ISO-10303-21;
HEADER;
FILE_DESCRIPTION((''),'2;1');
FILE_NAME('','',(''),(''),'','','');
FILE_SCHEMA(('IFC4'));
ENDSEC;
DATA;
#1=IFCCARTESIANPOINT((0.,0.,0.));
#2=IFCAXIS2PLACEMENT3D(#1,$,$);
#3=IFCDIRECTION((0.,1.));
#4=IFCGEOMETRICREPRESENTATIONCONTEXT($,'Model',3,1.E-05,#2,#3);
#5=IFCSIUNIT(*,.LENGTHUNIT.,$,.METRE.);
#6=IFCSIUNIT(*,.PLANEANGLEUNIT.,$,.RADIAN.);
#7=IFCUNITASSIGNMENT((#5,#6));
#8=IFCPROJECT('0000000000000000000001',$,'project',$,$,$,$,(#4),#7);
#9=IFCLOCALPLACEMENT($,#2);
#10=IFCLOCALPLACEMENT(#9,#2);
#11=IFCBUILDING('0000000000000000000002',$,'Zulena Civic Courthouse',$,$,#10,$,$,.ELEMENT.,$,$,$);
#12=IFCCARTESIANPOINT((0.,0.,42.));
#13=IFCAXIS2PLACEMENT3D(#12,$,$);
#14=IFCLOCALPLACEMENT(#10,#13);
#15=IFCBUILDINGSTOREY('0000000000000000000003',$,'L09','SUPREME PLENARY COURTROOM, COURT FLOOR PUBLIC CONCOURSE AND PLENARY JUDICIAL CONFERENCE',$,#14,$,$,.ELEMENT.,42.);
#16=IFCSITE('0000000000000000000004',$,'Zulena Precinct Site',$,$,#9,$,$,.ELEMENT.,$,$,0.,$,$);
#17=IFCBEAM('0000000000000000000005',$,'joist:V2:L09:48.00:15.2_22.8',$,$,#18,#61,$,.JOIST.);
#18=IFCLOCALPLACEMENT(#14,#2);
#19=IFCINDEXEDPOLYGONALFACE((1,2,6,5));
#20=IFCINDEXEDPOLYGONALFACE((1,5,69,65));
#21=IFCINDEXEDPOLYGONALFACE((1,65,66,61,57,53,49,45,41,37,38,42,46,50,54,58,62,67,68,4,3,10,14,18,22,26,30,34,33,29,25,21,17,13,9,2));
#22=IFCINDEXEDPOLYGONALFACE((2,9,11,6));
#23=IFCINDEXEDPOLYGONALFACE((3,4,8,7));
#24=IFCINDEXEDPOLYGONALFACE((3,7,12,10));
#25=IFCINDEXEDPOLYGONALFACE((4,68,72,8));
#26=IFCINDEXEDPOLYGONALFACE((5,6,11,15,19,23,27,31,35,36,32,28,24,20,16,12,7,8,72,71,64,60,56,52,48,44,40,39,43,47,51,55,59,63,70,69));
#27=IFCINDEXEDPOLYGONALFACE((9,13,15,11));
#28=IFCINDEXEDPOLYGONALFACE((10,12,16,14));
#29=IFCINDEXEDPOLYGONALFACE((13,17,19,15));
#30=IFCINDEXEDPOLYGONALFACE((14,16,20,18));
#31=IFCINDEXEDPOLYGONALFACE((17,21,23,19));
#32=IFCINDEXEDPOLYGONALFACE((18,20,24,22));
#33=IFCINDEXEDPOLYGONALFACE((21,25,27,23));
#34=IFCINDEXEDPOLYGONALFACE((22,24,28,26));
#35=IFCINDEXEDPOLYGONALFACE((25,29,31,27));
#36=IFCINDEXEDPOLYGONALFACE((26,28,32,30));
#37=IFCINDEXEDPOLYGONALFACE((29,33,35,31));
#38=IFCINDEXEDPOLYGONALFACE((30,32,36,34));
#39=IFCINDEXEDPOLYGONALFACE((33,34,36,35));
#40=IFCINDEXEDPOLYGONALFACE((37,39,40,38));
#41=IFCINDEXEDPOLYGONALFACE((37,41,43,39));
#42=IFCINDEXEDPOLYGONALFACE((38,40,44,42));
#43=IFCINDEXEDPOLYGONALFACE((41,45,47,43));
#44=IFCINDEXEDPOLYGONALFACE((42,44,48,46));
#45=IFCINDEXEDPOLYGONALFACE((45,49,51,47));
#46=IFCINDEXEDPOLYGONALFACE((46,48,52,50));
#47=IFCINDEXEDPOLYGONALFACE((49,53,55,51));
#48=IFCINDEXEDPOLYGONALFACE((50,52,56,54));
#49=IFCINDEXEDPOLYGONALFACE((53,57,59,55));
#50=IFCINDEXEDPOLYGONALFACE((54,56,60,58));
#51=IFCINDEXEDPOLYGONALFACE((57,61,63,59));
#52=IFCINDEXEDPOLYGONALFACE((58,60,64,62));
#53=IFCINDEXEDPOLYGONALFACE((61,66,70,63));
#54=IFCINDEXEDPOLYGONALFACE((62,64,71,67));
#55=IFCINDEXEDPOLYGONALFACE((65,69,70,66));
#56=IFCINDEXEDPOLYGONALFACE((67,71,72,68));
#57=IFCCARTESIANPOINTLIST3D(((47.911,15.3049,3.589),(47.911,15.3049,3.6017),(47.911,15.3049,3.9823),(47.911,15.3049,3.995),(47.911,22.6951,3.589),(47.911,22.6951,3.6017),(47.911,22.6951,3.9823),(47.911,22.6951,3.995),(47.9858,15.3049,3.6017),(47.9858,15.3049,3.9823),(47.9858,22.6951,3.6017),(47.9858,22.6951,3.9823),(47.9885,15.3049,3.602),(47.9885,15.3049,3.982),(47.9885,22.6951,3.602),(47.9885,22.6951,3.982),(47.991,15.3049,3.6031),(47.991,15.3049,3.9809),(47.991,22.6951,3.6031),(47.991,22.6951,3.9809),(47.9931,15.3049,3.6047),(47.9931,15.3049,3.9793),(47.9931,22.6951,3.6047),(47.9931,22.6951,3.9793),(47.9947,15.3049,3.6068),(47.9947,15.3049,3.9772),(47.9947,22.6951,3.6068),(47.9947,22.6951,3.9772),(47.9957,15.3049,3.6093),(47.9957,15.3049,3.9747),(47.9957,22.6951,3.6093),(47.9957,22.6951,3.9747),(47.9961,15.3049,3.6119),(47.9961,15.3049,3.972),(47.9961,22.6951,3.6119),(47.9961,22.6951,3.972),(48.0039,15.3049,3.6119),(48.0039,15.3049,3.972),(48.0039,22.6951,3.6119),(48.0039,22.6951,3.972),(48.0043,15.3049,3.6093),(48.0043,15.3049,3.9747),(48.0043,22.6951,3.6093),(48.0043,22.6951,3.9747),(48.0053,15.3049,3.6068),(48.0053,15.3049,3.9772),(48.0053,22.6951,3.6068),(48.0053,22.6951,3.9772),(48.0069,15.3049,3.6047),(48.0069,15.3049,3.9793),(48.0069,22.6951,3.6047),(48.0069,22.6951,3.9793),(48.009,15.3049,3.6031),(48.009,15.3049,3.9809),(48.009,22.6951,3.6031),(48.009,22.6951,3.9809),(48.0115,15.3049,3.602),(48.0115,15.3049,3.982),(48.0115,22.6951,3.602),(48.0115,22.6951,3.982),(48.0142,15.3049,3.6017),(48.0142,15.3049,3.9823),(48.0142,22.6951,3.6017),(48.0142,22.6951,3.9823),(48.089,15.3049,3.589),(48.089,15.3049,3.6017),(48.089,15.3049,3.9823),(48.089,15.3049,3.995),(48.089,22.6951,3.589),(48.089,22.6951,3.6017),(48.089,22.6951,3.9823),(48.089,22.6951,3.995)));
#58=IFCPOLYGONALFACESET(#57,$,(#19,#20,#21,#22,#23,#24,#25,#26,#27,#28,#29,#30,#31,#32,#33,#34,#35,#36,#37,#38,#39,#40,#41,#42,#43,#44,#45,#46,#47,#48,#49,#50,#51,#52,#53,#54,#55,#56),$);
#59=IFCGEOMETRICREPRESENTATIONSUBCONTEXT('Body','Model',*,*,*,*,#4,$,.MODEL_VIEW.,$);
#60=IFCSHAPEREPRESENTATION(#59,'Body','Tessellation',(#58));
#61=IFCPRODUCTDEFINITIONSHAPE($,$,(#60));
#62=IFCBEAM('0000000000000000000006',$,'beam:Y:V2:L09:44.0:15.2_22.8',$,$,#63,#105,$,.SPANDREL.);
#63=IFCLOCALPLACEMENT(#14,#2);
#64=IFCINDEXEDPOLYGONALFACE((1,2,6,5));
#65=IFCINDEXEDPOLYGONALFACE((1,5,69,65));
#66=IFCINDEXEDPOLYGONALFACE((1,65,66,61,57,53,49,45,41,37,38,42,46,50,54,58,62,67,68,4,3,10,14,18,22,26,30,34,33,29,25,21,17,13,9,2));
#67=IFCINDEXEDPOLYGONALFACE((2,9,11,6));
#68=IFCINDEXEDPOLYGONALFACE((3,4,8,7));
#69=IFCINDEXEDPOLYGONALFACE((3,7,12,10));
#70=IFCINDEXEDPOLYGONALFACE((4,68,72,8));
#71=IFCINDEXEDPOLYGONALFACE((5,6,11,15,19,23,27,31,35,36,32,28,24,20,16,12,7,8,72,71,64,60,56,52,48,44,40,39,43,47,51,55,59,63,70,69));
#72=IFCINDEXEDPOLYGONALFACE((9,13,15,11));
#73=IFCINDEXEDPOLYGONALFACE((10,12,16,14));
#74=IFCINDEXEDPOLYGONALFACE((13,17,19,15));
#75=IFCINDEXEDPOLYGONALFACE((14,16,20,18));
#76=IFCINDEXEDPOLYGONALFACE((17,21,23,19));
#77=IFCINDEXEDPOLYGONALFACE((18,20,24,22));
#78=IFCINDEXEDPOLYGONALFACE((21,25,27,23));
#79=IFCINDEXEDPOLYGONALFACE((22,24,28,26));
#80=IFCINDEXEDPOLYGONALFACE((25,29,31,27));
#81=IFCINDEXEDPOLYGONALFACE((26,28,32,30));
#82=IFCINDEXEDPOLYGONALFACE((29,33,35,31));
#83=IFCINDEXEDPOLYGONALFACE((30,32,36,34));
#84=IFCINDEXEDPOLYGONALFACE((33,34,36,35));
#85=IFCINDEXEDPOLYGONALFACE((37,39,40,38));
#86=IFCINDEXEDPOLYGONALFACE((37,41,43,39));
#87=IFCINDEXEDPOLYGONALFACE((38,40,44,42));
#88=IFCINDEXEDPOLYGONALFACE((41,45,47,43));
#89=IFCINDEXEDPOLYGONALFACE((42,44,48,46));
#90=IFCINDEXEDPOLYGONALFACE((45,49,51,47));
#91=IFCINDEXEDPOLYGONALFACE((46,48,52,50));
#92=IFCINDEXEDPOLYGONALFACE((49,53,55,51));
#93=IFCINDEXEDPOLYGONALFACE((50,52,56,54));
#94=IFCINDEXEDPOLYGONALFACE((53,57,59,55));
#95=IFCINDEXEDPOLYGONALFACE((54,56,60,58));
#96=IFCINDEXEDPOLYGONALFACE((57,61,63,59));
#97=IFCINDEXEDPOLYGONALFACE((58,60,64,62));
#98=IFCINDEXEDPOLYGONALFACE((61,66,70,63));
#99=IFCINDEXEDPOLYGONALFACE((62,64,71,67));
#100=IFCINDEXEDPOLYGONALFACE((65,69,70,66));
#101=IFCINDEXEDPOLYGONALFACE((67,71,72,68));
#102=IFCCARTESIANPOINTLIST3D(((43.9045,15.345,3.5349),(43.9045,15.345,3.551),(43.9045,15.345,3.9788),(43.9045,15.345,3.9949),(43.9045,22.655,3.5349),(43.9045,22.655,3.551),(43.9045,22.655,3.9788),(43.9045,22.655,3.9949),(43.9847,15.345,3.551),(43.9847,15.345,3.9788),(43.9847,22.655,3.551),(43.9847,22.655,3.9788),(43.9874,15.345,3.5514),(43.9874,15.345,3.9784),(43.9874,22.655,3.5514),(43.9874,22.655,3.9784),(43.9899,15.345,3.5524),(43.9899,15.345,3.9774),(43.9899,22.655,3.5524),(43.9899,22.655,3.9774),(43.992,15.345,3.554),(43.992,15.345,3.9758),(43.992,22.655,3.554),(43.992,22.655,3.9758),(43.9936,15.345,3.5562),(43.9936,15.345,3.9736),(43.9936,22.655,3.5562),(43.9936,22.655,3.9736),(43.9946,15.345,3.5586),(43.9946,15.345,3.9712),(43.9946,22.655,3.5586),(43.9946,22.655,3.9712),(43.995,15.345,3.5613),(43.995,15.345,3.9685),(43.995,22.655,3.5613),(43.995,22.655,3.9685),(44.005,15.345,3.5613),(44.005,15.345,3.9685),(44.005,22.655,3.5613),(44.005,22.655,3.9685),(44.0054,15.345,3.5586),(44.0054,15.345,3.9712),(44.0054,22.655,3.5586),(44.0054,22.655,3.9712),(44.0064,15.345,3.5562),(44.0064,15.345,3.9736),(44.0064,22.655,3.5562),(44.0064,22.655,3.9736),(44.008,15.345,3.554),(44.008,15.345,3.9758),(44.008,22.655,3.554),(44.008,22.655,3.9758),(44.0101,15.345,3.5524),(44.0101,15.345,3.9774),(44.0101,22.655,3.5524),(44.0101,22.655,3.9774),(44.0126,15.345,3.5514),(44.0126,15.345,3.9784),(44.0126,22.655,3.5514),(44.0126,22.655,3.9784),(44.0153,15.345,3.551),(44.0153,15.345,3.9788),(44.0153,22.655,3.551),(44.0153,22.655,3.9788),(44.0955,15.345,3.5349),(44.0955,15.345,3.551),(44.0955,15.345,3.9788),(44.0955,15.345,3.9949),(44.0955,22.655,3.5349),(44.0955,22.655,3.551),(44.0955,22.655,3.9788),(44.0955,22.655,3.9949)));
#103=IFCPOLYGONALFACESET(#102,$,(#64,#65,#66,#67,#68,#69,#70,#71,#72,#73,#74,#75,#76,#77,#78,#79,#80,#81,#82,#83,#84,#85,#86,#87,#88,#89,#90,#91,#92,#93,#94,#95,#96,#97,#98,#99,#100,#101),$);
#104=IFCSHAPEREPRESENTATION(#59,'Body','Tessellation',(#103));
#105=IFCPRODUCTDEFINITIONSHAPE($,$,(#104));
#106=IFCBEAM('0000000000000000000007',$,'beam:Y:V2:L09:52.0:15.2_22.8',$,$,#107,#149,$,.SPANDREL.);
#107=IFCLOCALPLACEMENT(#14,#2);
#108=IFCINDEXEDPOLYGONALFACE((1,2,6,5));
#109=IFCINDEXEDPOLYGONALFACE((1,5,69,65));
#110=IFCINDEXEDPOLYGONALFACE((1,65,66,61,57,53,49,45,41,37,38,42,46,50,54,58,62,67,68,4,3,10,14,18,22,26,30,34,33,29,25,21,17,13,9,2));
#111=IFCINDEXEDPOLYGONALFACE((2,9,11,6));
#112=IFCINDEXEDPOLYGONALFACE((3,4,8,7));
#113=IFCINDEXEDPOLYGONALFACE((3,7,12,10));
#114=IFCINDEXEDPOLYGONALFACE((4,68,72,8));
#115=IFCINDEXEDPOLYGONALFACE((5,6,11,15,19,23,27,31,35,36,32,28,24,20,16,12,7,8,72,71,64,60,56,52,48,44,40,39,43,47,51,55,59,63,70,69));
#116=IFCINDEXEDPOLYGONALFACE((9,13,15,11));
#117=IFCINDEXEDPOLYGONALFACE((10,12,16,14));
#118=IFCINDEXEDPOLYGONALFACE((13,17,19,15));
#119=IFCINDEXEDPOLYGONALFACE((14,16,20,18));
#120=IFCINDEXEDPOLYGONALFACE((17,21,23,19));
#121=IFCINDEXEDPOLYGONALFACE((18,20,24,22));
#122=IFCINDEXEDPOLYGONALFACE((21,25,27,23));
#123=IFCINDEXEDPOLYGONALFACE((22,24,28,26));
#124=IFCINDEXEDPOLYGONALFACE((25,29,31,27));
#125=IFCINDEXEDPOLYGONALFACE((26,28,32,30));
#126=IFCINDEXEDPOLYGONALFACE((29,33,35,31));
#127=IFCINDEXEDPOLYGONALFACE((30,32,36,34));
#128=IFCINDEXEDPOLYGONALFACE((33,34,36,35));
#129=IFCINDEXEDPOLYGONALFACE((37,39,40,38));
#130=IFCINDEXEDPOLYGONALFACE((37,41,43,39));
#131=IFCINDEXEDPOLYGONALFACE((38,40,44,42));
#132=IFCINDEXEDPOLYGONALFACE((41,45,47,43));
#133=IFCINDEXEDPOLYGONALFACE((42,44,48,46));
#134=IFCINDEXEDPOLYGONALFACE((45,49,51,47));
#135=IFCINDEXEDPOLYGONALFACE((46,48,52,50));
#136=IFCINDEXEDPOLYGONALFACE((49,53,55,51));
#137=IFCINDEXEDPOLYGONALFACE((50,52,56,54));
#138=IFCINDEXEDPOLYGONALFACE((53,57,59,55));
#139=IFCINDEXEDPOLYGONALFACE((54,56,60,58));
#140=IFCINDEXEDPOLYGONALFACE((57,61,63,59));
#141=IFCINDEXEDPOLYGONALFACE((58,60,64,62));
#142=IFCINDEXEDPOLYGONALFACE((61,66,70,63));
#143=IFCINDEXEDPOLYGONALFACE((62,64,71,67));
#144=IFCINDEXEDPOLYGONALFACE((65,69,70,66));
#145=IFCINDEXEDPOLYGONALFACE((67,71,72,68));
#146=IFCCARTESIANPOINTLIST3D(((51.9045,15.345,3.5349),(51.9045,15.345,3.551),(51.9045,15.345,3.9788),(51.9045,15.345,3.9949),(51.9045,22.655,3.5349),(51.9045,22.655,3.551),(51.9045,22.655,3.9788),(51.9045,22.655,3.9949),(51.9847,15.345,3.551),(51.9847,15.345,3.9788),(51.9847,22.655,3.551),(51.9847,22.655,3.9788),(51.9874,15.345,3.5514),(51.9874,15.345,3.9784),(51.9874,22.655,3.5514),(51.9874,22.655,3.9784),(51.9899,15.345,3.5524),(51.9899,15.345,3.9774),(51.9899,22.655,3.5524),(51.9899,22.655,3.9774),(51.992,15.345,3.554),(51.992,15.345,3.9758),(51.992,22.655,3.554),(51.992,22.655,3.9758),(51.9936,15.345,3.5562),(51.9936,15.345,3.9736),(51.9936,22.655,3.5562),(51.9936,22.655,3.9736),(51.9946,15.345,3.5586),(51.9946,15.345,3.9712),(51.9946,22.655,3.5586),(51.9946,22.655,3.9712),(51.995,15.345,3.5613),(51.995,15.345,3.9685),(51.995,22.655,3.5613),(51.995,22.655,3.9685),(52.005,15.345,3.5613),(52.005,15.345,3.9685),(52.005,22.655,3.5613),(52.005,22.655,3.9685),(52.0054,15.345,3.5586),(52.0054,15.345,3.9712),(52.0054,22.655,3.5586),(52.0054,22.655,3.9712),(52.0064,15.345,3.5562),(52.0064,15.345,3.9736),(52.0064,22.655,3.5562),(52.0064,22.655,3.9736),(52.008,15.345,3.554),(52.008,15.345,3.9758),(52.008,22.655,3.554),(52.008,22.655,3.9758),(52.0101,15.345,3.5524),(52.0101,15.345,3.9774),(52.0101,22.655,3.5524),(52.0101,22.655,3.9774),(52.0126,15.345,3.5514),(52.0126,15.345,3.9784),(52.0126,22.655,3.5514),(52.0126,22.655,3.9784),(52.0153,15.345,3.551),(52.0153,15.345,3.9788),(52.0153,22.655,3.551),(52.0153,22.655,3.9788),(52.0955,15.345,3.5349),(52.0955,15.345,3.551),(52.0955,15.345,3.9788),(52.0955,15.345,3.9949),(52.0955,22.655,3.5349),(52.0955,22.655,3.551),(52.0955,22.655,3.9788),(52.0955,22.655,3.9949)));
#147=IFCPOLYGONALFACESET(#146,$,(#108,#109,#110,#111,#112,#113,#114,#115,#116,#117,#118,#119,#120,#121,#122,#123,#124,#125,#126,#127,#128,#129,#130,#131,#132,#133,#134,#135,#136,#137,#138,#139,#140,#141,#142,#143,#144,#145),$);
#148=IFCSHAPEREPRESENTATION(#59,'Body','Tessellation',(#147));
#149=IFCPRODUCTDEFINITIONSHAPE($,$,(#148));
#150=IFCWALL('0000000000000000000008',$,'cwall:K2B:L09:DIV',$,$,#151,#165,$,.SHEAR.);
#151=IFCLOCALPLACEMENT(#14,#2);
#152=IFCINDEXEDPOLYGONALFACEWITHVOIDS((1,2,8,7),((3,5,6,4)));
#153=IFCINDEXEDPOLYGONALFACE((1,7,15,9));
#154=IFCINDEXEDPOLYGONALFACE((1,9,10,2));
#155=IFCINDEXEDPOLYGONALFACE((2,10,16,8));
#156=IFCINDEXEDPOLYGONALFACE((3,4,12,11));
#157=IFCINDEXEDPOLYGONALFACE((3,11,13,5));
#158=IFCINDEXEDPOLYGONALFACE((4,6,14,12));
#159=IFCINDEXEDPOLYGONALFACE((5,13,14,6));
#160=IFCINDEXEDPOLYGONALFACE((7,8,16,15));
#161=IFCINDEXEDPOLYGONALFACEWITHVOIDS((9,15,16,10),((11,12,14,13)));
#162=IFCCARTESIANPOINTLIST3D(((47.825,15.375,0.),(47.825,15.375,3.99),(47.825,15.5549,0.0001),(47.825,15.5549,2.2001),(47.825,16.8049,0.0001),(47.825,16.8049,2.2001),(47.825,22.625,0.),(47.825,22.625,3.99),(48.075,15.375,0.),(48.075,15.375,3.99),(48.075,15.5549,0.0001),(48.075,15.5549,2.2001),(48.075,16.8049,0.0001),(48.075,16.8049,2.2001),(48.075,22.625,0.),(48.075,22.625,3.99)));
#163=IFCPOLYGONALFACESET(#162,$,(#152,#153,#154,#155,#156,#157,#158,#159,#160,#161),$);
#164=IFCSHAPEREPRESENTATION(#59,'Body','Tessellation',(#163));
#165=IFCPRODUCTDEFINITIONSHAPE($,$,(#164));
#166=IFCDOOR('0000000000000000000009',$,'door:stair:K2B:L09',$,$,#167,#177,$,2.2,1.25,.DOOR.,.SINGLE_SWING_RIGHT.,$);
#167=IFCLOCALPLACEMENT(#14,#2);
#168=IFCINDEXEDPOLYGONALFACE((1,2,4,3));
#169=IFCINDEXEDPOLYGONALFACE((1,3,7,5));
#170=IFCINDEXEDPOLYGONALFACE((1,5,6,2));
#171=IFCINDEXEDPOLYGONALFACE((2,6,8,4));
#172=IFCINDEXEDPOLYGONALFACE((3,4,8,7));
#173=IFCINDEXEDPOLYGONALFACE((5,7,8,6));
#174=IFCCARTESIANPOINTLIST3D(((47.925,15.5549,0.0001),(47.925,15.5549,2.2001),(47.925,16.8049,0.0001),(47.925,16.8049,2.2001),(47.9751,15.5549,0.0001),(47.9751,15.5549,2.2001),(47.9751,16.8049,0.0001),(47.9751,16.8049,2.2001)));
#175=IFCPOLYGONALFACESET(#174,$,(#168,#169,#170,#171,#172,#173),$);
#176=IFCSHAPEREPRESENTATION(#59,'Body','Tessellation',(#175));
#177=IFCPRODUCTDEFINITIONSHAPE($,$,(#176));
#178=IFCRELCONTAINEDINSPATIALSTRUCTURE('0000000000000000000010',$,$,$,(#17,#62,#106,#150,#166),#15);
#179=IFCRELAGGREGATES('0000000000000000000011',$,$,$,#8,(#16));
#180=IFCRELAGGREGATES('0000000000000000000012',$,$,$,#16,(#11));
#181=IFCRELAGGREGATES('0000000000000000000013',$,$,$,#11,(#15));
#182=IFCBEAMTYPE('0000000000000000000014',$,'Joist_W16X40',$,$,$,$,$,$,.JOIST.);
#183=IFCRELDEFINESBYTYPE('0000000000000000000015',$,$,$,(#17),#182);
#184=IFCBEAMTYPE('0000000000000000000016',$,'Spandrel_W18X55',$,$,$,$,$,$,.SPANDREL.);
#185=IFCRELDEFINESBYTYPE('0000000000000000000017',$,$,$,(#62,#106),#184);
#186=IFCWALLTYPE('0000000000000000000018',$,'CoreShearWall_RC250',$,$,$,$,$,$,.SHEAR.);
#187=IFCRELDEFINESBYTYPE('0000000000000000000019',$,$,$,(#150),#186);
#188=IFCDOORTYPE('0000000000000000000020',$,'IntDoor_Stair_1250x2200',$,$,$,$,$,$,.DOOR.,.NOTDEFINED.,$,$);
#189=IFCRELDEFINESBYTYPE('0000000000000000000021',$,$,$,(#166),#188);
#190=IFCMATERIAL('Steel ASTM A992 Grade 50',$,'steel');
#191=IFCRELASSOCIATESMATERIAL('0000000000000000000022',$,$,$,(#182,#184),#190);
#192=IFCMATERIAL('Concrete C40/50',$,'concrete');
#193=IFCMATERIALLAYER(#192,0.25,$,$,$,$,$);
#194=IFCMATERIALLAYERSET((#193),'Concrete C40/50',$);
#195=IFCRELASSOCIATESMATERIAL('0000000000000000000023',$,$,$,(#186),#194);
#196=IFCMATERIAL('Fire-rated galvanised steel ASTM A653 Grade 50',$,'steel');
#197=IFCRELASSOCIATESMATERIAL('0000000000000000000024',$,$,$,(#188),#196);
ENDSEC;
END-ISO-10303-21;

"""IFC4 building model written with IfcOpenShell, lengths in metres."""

from ifc_helpers import new_model, si_unit, direction, frame, frame_2d, origin, origin_2d, place, context, subcontext, project, spatial, rectangle, i_section, extrude, material, layer, layer_set, material_profile, profile_set, type_object, element, fill, save


model = new_model("IFC4")

# Units and contexts
model_context = context("Model", 3, precision=1e-05, world=origin(), true_north=direction((0.0, 1.0)))
body_context = subcontext(model_context, "Body", "Model", "MODEL_VIEW")
ifc_project = project(units=[si_unit("LENGTHUNIT", "METRE"), si_unit("PLANEANGLEUNIT", "RADIAN")], contexts=[model_context])

# Site, building, storey
site_placement = place(None, origin())
site = spatial("IfcSite", under=ifc_project, at=site_placement, Name="Zulena Precinct Site", CompositionType="ELEMENT", RefElevation=0.0)
building_placement = place(site_placement, origin())
building = spatial("IfcBuilding", under=site, at=building_placement, Name="Zulena Civic Courthouse", CompositionType="ELEMENT")
storey_placement = place(building_placement, frame((0.0, 0.0, 42.0)))
storey = spatial("IfcBuildingStorey", under=building, at=storey_placement, Name="L09", Description="SUPREME PLENARY COURTROOM, COURT FLOOR PUBLIC CONCOURSE AND PLENARY JUDICIAL CONFERENCE", CompositionType="ELEMENT", Elevation=42.0)

# Shared definitions
ifc_material_1 = material(Name="Steel ASTM A992 Grade 50", Category="steel")

# Beams
ifc_material_profile_1 = material_profile(ifc_material_1, i_section(OverallWidth=0.178, OverallDepth=0.406, WebThickness=0.0078, FlangeThickness=0.0127, FilletRadius=0.0103, at=origin_2d()), Name="W16X40")
ifc_profile_set_1 = profile_set([ifc_material_profile_1], Name="Steel ASTM A992 Grade 50")
beam_type_1 = type_object("IfcBeamType", Name="Joist_W16X40", PredefinedType="JOIST", material=ifc_profile_set_1)
beam_1_placement = place(storey_placement, frame((48.0, 15.3049, 3.792), z_axis=(0.0, 1.0, 0.0), x_axis=(-1.0, 0.0, 0.0)))
element("IfcBeam", 1, at=beam_1_placement, inside=storey, type_object=beam_type_1, Name="joist:V2:L09:48.00:15.2_22.8", PredefinedType="JOIST", context=body_context, shape_type="SweptSolid", body=[
    extrude(i_section(OverallWidth=0.178, OverallDepth=0.406, WebThickness=0.0078, FlangeThickness=0.0127, FilletRadius=0.0103, at=origin_2d()), origin(), (0.0, 0.0, 1.0), 7.3901),
])
ifc_material_profile_2 = material_profile(ifc_material_1, i_section(OverallWidth=0.1909, OverallDepth=0.46, WebThickness=0.01, FlangeThickness=0.0161, FilletRadius=0.0103, at=origin_2d()), Name="W18X55")
ifc_profile_set_2 = profile_set([ifc_material_profile_2], Name="Steel ASTM A992 Grade 50")
beam_type_2 = type_object("IfcBeamType", Name="Spandrel_W18X55", PredefinedType="SPANDREL", material=ifc_profile_set_2)
for number, where, z_axis, x_axis, name in (
    (2, (44.0, 15.345, 3.7649), (0.0, 1.0, 0.0), (-1.0, 0.0, 0.0), "beam:Y:V2:L09:44.0:15.2_22.8"),
    (3, (52.0, 15.345, 3.7649), (0.0, 1.0, 0.0), (-1.0, 0.0, 0.0), "beam:Y:V2:L09:52.0:15.2_22.8"),
):
    element("IfcBeam", number, at=place(storey_placement, frame(where, z_axis=z_axis, x_axis=x_axis)), inside=storey, type_object=beam_type_2, Name=name, PredefinedType="SPANDREL", context=body_context, shape_type="SweptSolid", body=[
        extrude(i_section(OverallWidth=0.1909, OverallDepth=0.46, WebThickness=0.01, FlangeThickness=0.0161, FilletRadius=0.0103, at=origin_2d()), origin(), (0.0, 0.0, 1.0), 7.3101),
    ])

# Wall, opening, door
ifc_material_2 = material(Name="Concrete C40/50", Category="concrete")
ifc_layer_1 = layer(ifc_material_2, 0.25)
ifc_layer_set_1 = layer_set([ifc_layer_1], Name="Concrete C40/50")
wall_type_1 = type_object("IfcWallType", Name="CoreShearWall_RC250", PredefinedType="SHEAR", material=ifc_layer_set_1)
wall_1_placement = place(storey_placement, frame((47.95, 15.375, 0.0), z_axis=(0.0, 0.0, 1.0), x_axis=(0.0, 1.0, 0.0)))
wall_1 = element("IfcWall", 4, at=wall_1_placement, inside=storey, type_object=wall_type_1, Name="cwall:K2B:L09:DIV", PredefinedType="SHEAR", context=body_context, shape_type="SweptSolid", body=[
    extrude(rectangle(XDim=7.25, YDim=0.25, at=frame_2d((3.625, 0.0))), origin(), (0.0, 0.0, 1.0), 3.99),
])
opening_1_placement = place(wall_1_placement, frame((0.1799, 0.0, 0.0)))
opening_1 = element("IfcOpeningElement", 5, at=opening_1_placement, cuts=wall_1, PredefinedType="OPENING", context=body_context, shape_type="SweptSolid", body=[
    extrude(rectangle(XDim=1.25, YDim=2.2, at=frame_2d((0.625, 1.1001))), frame((0.0, 0.135, 0.0), z_axis=(0.0, -1.0, 0.0), x_axis=(1.0, 0.0, 0.0)), (0.0, 0.0, 1.0), 0.27),
])
ifc_material_3 = material(Name="Fire-rated galvanised steel ASTM A653 Grade 50", Category="steel")
door_type_1 = type_object("IfcDoorType", Name="IntDoor_Stair_1250x2200", OperationType="NOTDEFINED", PredefinedType="DOOR", material=ifc_material_3)
door_1_placement = place(opening_1_placement, origin())
door_1 = element("IfcDoor", 6, at=door_1_placement, inside=storey, type_object=door_type_1, Name="door:stair:K2B:L09", OperationType="SINGLE_SWING_RIGHT", OverallHeight=2.2, OverallWidth=1.25, PredefinedType="DOOR", context=body_context, shape_type="SweptSolid", body=[
    extrude(rectangle(XDim=1.25, YDim=2.2, at=frame_2d((0.625, 1.1001))), frame((0.0, 0.0249, 0.0), z_axis=(0.0, -1.0, 0.0), x_axis=(1.0, 0.0, 0.0)), (0.0, 0.0, 1.0), 0.05),
])
fill(opening_1, door_1)

save(model, "model.ifc")
